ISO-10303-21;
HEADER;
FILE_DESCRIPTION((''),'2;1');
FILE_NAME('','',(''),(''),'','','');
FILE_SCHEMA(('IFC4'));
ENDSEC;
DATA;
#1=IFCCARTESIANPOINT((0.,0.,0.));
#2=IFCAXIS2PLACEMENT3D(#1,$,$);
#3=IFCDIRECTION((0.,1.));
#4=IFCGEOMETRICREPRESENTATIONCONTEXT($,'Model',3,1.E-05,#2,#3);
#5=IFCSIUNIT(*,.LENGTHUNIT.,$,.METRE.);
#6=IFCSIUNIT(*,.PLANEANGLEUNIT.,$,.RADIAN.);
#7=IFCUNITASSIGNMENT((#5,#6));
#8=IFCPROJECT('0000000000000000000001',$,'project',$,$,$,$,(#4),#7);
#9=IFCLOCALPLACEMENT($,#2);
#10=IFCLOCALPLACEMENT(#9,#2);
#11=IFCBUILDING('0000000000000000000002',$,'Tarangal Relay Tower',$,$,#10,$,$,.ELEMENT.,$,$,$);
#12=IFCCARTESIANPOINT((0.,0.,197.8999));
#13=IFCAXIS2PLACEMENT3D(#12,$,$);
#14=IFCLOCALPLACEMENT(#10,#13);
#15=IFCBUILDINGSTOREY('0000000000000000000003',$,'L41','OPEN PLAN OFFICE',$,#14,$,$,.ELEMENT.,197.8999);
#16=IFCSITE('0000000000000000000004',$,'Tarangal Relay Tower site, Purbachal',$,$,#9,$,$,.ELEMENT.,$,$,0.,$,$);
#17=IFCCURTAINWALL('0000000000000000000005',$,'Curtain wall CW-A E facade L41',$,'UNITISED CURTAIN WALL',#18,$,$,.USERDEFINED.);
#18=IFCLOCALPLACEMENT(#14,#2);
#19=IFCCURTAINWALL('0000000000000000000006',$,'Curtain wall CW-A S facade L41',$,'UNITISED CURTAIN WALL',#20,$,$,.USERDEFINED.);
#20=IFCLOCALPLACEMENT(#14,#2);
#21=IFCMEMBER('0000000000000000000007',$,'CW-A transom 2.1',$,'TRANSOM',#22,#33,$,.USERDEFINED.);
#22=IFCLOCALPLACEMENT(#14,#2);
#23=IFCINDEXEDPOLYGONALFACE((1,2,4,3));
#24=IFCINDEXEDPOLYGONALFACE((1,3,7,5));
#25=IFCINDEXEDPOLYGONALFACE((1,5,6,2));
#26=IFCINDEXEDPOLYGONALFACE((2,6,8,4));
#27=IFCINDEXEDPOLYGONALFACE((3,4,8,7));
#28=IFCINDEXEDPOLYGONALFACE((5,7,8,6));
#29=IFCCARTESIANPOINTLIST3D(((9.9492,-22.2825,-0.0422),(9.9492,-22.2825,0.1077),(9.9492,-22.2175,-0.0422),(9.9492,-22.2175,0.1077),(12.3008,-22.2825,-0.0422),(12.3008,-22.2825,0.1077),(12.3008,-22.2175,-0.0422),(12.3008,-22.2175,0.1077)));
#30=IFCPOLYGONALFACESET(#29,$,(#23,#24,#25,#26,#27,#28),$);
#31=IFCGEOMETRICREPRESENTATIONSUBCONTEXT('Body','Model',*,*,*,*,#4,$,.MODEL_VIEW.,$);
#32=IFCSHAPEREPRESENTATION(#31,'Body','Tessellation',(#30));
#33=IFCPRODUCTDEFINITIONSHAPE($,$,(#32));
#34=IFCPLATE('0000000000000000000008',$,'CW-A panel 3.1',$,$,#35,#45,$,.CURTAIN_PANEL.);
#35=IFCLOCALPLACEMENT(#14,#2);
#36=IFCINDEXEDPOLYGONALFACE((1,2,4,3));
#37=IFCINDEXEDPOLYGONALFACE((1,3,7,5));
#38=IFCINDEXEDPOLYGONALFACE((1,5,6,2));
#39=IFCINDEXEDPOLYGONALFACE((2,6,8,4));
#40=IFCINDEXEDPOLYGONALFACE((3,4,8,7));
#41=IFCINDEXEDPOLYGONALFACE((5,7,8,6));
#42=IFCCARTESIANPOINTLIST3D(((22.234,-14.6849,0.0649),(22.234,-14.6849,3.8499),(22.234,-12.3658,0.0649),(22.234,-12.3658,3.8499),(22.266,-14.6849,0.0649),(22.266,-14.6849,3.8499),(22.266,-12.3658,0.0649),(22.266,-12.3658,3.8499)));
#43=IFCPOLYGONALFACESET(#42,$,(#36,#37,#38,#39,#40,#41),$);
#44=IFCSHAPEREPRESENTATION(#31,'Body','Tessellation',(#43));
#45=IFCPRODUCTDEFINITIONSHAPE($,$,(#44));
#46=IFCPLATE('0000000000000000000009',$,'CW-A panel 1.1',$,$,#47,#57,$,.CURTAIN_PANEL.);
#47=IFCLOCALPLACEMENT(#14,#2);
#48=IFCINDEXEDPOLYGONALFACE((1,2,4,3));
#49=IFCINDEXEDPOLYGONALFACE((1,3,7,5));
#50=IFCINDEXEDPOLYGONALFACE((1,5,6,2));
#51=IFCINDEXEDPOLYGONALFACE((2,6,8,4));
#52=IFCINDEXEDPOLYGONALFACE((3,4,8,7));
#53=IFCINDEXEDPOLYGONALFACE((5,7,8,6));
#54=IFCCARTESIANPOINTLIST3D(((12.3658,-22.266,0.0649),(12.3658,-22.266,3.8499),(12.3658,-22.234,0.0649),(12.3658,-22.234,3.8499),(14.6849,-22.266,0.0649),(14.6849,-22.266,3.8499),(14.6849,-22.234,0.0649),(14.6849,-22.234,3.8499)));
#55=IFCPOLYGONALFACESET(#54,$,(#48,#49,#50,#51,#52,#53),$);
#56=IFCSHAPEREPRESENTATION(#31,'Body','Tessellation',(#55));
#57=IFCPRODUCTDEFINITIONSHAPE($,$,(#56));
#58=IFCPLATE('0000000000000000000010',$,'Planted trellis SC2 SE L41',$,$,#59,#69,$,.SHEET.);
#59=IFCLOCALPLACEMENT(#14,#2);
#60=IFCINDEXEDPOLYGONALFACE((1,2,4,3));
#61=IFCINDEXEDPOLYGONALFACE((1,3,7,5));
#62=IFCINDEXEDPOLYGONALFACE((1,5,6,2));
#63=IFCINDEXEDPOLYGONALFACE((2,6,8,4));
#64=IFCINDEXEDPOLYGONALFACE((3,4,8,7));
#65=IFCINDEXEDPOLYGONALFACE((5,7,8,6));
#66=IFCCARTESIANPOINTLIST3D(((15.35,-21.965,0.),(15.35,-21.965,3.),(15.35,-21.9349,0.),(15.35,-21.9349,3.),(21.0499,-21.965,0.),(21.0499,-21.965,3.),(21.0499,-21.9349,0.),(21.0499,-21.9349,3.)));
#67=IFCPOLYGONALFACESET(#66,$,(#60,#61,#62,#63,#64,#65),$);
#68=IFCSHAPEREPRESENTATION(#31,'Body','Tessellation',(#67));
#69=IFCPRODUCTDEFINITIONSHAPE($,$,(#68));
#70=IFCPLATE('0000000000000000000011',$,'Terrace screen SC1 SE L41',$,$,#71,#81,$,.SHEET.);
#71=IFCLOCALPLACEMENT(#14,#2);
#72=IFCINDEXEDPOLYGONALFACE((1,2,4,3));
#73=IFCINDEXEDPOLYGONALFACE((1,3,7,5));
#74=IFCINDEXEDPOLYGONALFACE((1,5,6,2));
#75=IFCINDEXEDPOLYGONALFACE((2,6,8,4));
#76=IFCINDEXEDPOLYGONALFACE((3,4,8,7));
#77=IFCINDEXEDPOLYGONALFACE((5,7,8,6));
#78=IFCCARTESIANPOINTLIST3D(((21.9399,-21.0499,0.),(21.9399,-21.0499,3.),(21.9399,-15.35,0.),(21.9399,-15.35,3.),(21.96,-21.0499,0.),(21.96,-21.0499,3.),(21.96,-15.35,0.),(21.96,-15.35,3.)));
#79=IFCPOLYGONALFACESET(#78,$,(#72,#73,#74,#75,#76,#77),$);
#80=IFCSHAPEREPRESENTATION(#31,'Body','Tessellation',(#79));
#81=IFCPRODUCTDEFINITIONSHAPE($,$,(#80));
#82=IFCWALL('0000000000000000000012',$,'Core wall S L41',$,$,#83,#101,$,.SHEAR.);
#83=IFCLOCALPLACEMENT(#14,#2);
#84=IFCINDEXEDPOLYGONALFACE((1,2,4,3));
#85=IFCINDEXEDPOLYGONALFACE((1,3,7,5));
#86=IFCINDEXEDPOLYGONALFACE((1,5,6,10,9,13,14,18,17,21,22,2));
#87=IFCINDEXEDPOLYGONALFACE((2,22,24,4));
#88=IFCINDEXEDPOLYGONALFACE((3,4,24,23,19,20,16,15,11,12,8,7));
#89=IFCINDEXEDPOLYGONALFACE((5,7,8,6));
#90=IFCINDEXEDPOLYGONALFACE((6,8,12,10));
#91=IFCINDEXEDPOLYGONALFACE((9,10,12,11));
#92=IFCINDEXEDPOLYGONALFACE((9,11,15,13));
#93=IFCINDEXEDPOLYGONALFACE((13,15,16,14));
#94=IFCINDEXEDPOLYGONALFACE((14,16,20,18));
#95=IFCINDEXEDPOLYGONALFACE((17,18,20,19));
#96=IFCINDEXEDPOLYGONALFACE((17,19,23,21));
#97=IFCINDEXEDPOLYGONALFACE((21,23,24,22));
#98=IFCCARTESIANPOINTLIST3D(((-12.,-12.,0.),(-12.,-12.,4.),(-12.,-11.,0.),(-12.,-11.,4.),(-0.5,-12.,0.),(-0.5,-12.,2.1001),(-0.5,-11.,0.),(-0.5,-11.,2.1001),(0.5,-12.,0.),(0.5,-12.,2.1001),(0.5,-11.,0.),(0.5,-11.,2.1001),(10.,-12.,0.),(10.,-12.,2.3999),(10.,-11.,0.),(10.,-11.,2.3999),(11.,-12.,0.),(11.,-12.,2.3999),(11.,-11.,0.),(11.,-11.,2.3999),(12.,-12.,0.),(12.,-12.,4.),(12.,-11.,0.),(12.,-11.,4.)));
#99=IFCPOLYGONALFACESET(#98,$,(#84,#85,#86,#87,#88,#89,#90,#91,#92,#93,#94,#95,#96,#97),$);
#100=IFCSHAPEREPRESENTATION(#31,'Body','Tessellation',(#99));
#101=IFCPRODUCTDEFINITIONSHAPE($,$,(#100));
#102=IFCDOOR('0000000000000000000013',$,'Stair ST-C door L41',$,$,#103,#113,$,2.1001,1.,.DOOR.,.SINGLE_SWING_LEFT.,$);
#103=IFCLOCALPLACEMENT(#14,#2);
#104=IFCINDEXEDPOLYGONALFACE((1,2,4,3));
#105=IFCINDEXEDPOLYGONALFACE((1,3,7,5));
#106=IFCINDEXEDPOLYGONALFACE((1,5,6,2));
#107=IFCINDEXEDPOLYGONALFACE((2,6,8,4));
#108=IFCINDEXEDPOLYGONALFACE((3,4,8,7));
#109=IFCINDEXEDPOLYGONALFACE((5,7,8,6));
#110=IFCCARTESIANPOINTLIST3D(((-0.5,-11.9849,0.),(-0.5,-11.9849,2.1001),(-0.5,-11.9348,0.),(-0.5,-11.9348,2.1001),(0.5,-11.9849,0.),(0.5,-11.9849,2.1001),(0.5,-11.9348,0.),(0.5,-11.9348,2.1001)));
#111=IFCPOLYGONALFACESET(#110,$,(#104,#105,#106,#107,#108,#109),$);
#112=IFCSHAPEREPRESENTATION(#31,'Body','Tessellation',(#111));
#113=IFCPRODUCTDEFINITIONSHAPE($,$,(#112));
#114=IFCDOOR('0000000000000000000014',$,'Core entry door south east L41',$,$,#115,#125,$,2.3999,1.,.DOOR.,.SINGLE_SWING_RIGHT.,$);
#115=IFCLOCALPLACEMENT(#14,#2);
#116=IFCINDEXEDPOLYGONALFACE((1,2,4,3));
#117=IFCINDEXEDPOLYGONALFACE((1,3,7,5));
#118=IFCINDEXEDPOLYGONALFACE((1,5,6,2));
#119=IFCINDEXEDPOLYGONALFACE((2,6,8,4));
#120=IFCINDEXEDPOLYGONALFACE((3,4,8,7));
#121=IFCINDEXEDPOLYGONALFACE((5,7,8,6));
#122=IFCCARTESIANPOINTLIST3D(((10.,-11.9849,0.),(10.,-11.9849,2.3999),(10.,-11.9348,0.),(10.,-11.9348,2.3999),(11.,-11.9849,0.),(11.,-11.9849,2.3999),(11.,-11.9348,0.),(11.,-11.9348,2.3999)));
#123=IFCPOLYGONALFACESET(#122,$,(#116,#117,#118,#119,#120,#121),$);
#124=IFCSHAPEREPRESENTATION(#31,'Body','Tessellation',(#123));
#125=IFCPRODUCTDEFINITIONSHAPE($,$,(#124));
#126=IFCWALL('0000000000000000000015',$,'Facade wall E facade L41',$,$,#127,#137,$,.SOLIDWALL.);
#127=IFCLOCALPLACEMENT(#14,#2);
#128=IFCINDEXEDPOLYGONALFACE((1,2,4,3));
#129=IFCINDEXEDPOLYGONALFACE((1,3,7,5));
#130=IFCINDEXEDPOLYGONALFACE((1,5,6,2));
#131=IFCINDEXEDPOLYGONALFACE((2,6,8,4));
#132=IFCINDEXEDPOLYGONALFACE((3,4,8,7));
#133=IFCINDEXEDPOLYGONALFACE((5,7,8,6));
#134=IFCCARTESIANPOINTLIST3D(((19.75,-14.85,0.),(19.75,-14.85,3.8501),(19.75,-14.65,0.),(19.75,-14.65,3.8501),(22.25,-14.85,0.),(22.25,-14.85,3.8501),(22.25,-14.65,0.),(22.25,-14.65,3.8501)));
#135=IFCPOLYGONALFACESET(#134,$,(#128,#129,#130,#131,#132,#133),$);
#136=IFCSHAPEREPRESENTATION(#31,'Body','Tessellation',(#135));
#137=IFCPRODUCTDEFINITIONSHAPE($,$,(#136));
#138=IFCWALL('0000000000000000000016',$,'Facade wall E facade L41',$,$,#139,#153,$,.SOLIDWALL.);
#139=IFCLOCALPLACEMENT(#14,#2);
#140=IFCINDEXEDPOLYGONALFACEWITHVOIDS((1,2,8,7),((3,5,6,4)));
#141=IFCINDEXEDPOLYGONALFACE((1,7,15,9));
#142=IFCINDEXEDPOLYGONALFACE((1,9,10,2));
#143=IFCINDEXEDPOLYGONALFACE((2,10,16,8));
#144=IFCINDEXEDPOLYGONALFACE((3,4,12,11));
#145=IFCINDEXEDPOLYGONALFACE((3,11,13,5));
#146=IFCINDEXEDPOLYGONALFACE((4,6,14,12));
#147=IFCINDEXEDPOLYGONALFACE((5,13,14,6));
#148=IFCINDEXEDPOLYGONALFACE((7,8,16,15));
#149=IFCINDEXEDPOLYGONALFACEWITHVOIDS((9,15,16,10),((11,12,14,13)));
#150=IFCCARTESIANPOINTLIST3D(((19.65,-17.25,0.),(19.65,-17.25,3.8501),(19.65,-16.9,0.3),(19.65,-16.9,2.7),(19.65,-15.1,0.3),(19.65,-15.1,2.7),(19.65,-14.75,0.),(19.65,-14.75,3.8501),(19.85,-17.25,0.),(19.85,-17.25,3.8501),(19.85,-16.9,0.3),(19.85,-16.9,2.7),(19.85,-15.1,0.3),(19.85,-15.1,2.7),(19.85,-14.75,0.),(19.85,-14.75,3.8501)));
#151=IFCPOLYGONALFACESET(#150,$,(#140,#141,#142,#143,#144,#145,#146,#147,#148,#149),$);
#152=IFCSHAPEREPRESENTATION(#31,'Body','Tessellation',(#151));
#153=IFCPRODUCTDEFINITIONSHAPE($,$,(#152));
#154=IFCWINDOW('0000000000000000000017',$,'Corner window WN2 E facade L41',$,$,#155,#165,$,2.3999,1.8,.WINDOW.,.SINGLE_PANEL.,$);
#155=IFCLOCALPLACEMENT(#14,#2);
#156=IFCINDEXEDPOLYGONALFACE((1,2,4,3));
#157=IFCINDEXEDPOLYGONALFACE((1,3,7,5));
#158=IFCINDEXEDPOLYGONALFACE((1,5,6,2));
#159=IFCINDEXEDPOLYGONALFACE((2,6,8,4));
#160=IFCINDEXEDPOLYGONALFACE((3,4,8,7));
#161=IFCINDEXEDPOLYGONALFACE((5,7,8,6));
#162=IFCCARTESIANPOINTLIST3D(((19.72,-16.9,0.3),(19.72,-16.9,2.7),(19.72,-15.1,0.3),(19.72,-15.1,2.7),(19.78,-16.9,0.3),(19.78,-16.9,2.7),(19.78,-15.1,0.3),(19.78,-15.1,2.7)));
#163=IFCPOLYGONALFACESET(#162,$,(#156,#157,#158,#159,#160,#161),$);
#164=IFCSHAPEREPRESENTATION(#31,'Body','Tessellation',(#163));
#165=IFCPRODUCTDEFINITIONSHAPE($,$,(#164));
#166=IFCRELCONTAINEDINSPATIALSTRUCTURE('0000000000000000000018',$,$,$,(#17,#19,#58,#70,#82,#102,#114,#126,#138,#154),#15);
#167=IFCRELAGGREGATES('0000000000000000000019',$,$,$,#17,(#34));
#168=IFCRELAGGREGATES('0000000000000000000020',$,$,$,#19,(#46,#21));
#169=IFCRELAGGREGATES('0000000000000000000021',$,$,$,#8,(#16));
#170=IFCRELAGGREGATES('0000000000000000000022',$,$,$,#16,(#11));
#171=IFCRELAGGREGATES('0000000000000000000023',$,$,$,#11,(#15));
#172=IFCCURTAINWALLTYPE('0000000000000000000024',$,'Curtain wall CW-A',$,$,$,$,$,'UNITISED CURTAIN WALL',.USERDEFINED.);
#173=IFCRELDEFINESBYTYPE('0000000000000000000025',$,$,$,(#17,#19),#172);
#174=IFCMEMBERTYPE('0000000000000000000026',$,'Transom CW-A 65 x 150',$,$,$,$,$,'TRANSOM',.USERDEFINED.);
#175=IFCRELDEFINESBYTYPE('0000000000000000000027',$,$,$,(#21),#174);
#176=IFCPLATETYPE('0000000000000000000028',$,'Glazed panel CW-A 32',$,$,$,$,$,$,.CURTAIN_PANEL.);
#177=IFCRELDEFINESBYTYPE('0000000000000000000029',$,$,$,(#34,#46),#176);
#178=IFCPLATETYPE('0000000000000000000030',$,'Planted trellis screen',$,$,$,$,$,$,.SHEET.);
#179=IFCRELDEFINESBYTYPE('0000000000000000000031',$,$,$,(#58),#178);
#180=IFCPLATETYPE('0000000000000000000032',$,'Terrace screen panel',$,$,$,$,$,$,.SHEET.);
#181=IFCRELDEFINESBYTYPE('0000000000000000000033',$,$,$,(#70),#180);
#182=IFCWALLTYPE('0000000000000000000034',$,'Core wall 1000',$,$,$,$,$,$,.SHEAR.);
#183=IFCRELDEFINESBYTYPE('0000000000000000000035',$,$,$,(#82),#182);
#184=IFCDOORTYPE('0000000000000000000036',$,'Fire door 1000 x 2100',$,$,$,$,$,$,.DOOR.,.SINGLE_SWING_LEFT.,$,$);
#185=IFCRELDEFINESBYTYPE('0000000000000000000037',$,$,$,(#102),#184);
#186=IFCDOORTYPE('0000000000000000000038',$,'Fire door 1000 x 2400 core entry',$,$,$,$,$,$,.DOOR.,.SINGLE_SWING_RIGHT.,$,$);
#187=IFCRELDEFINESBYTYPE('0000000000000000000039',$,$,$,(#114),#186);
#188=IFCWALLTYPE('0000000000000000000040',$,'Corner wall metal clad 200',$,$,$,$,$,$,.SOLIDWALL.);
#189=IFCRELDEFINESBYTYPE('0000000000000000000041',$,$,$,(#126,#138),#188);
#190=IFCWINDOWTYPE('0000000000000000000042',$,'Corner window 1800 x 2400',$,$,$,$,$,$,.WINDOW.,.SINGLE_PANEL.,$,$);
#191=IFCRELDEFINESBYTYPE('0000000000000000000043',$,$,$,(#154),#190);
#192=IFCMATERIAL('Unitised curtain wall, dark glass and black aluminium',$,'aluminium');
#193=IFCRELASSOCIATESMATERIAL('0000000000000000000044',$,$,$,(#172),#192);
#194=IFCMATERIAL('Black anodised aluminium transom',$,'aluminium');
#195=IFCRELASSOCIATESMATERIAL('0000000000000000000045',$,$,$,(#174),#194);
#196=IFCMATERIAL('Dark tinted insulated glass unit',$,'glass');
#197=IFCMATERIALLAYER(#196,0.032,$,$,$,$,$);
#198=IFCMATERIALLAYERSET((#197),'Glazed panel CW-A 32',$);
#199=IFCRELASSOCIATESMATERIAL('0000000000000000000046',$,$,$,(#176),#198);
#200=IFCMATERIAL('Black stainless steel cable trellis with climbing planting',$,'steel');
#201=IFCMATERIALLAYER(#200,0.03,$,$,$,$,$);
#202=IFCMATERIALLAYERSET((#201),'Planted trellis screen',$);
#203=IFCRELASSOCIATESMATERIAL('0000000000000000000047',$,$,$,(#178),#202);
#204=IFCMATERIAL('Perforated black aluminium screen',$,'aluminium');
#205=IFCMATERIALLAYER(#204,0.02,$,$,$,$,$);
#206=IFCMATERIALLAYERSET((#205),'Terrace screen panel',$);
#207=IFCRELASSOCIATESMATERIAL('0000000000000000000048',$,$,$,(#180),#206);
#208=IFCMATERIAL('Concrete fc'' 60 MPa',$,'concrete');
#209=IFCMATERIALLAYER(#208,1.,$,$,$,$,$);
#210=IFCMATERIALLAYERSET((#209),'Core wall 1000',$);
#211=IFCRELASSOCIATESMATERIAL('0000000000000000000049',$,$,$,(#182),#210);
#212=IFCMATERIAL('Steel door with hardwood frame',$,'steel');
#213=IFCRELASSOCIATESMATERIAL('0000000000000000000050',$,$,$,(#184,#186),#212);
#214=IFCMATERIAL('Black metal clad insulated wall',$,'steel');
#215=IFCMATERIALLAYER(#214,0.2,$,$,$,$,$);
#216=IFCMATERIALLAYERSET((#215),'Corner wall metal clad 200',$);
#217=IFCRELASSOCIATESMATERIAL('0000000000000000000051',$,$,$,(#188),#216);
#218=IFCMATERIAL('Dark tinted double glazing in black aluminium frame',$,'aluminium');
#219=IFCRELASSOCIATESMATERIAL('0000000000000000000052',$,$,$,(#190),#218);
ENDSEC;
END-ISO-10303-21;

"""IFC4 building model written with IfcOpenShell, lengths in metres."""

from ifc_helpers import new_model, si_unit, direction, frame, frame_2d, origin, origin_2d, place, context, subcontext, project, spatial, rectangle, extrude, material, layer, layer_set, material_profile, profile_set, type_object, element, fill, aggregate, save


model = new_model("IFC4")

# Units and contexts
model_context = context("Model", 3, precision=1e-05, world=origin(), true_north=direction((0.0, 1.0)))
body_context = subcontext(model_context, "Body", "Model", "MODEL_VIEW")
ifc_project = project(units=[si_unit("LENGTHUNIT", "METRE"), si_unit("PLANEANGLEUNIT", "RADIAN")], contexts=[model_context])

# Site, building, storey
site_placement = place(None, origin())
site = spatial("IfcSite", under=ifc_project, at=site_placement, Name="Tarangal Relay Tower site, Purbachal", CompositionType="ELEMENT", RefElevation=0.0)
building_placement = place(site_placement, origin())
building = spatial("IfcBuilding", under=site, at=building_placement, Name="Tarangal Relay Tower", CompositionType="ELEMENT")
storey_placement = place(building_placement, frame((0.0, 0.0, 197.8999)))
storey = spatial("IfcBuildingStorey", under=building, at=storey_placement, Name="L41", Description="OPEN PLAN OFFICE", CompositionType="ELEMENT", Elevation=197.8999)

# Curtain walls
ifc_material_1 = material(Name="Unitised curtain wall, dark glass and black aluminium", Category="aluminium")
curtain_wall_type = type_object("IfcCurtainWallType", Name="Curtain wall CW-A", ElementType="UNITISED CURTAIN WALL", PredefinedType="USERDEFINED", material=ifc_material_1)
curtain_wall_1_placement = place(storey_placement, origin())
curtain_wall_1 = element("IfcCurtainWall", 1, at=curtain_wall_1_placement, inside=storey, type_object=curtain_wall_type, Name="Curtain wall CW-A E facade L41", ObjectType="UNITISED CURTAIN WALL", PredefinedType="USERDEFINED")
curtain_wall_2_placement = place(storey_placement, origin())
curtain_wall_2 = element("IfcCurtainWall", 2, at=curtain_wall_2_placement, inside=storey, type_object=curtain_wall_type, Name="Curtain wall CW-A S facade L41", ObjectType="UNITISED CURTAIN WALL", PredefinedType="USERDEFINED")

# Member
ifc_material_2 = material(Name="Black anodised aluminium transom", Category="aluminium")
ifc_material_profile_1 = material_profile(ifc_material_2, rectangle(XDim=0.0649, YDim=0.1499, at=origin_2d()), Name="CW-AT 65X150")
ifc_profile_set_1 = profile_set([ifc_material_profile_1], Name="Black anodised aluminium transom")
member_type_1 = type_object("IfcMemberType", Name="Transom CW-A 65 x 150", ElementType="TRANSOM", PredefinedType="USERDEFINED", material=ifc_profile_set_1)
member_1_placement = place(storey_placement, frame((12.3008, -22.25, 0.0327), z_axis=(-1.0, 0.0, 0.0), x_axis=(0.0, -1.0, 0.0)))
member_1 = element("IfcMember", 3, at=member_1_placement, type_object=member_type_1, Name="CW-A transom 2.1", ObjectType="TRANSOM", PredefinedType="USERDEFINED", context=body_context, shape_type="SweptSolid", body=[
    extrude(rectangle(XDim=0.0649, YDim=0.1499, at=origin_2d()), origin(), (0.0, 0.0, 1.0), 2.3516),
])

# Plates
ifc_material_3 = material(Name="Dark tinted insulated glass unit", Category="glass")
ifc_layer_1 = layer(ifc_material_3, 0.032)
ifc_layer_set_1 = layer_set([ifc_layer_1], Name="Glazed panel CW-A 32")
plate_type_1 = type_object("IfcPlateType", Name="Glazed panel CW-A 32", PredefinedType="CURTAIN_PANEL", material=ifc_layer_set_1)
plate_1_placement = place(storey_placement, frame((22.25, -13.5254, 0.0649), z_axis=(0.0, 0.0, 1.0), x_axis=(0.0, -1.0, 0.0)))
plate_1 = element("IfcPlate", 4, at=plate_1_placement, type_object=plate_type_1, Name="CW-A panel 3.1", PredefinedType="CURTAIN_PANEL", context=body_context, shape_type="SweptSolid", body=[
    extrude(rectangle(XDim=2.3191, YDim=0.032, at=origin_2d()), origin(), (0.0, 0.0, 1.0), 3.7849),
])
aggregate(curtain_wall_1, [plate_1])
plate_2_placement = place(storey_placement, frame((13.5254, -22.25, 0.0649), z_axis=(0.0, 0.0, 1.0), x_axis=(-1.0, 0.0, 0.0)))
plate_2 = element("IfcPlate", 5, at=plate_2_placement, type_object=plate_type_1, Name="CW-A panel 1.1", PredefinedType="CURTAIN_PANEL", context=body_context, shape_type="SweptSolid", body=[
    extrude(rectangle(XDim=2.3191, YDim=0.032, at=origin_2d()), origin(), (0.0, 0.0, 1.0), 3.7849),
])
aggregate(curtain_wall_2, [plate_2, member_1])

# Plates
ifc_material_4 = material(Name="Black stainless steel cable trellis with climbing planting", Category="steel")
ifc_layer_2 = layer(ifc_material_4, 0.03)
ifc_layer_set_2 = layer_set([ifc_layer_2], Name="Planted trellis screen")
plate_type_2 = type_object("IfcPlateType", Name="Planted trellis screen", PredefinedType="SHEET", material=ifc_layer_set_2)
plate_3_placement = place(storey_placement, frame((18.2, -21.95, 0.0), z_axis=(0.0, 0.0, 1.0), x_axis=(-1.0, 0.0, 0.0)))
element("IfcPlate", 6, at=plate_3_placement, inside=storey, type_object=plate_type_2, Name="Planted trellis SC2 SE L41", PredefinedType="SHEET", context=body_context, shape_type="SweptSolid", body=[
    extrude(rectangle(XDim=5.7, YDim=0.03, at=origin_2d()), origin(), (0.0, 0.0, 1.0), 3.0),
])
ifc_material_5 = material(Name="Perforated black aluminium screen", Category="aluminium")
ifc_layer_3 = layer(ifc_material_5, 0.02)
ifc_layer_set_3 = layer_set([ifc_layer_3], Name="Terrace screen panel")
plate_type_3 = type_object("IfcPlateType", Name="Terrace screen panel", PredefinedType="SHEET", material=ifc_layer_set_3)
plate_4_placement = place(storey_placement, frame((21.95, -18.2, 0.0), z_axis=(0.0, 0.0, 1.0), x_axis=(0.0, -1.0, 0.0)))
element("IfcPlate", 7, at=plate_4_placement, inside=storey, type_object=plate_type_3, Name="Terrace screen SC1 SE L41", PredefinedType="SHEET", context=body_context, shape_type="SweptSolid", body=[
    extrude(rectangle(XDim=5.7, YDim=0.02, at=origin_2d()), origin(), (0.0, 0.0, 1.0), 3.0),
])

# Wall, openings, doors
ifc_material_6 = material(Name="Concrete fc' 60 MPa", Category="concrete")
ifc_layer_4 = layer(ifc_material_6, 1.0)
ifc_layer_set_4 = layer_set([ifc_layer_4], Name="Core wall 1000")
wall_type_1 = type_object("IfcWallType", Name="Core wall 1000", PredefinedType="SHEAR", material=ifc_layer_set_4)
wall_1_placement = place(storey_placement, frame((12.0, -11.5, 0.0), z_axis=(0.0, 0.0, 1.0), x_axis=(-1.0, 0.0, 0.0)))
wall_1 = element("IfcWall", 8, at=wall_1_placement, inside=storey, type_object=wall_type_1, Name="Core wall S L41", PredefinedType="SHEAR", context=body_context, shape_type="SweptSolid", body=[
    extrude(rectangle(XDim=24.0, YDim=1.0, at=frame_2d((12.0, 0.0))), origin(), (0.0, 0.0, 1.0), 4.0),
])
opening_1_placement = place(wall_1_placement, frame((11.5, 0.0, 0.0)))
opening_1 = element("IfcOpeningElement", 9, at=opening_1_placement, cuts=wall_1, PredefinedType="OPENING", context=body_context, shape_type="SweptSolid", body=[
    extrude(rectangle(XDim=1.0, YDim=2.1001, at=frame_2d((0.5, 1.05))), frame((0.0, 0.51, 0.0), z_axis=(0.0, -1.0, 0.0), x_axis=(1.0, 0.0, 0.0)), (0.0, 0.0, 1.0), 1.02),
])
opening_2_placement = place(wall_1_placement, frame((1.0, 0.0, 0.0)))
opening_2 = element("IfcOpeningElement", 10, at=opening_2_placement, cuts=wall_1, PredefinedType="OPENING", context=body_context, shape_type="SweptSolid", body=[
    extrude(rectangle(XDim=1.0, YDim=2.3999, at=frame_2d((0.5, 1.2))), frame((0.0, 0.51, 0.0), z_axis=(0.0, -1.0, 0.0), x_axis=(1.0, 0.0, 0.0)), (0.0, 0.0, 1.0), 1.02),
])
ifc_material_7 = material(Name="Steel door with hardwood frame", Category="steel")
door_type_1 = type_object("IfcDoorType", Name="Fire door 1000 x 2100", OperationType="SINGLE_SWING_LEFT", PredefinedType="DOOR", material=ifc_material_7)
door_1_placement = place(opening_1_placement, origin())
door_1 = element("IfcDoor", 11, at=door_1_placement, inside=storey, type_object=door_type_1, Name="Stair ST-C door L41", OperationType="SINGLE_SWING_LEFT", OverallHeight=2.1001, OverallWidth=1.0, PredefinedType="DOOR", context=body_context, shape_type="SweptSolid", body=[
    extrude(rectangle(XDim=1.0, YDim=2.1001, at=frame_2d((0.5, 1.05))), frame((0.0, 0.4849, 0.0), z_axis=(0.0, -1.0, 0.0), x_axis=(1.0, 0.0, 0.0)), (0.0, 0.0, 1.0), 0.05),
])
fill(opening_1, door_1)
door_type_2 = type_object("IfcDoorType", Name="Fire door 1000 x 2400 core entry", OperationType="SINGLE_SWING_RIGHT", PredefinedType="DOOR", material=ifc_material_7)
door_2_placement = place(opening_2_placement, origin())
door_2 = element("IfcDoor", 12, at=door_2_placement, inside=storey, type_object=door_type_2, Name="Core entry door south east L41", OperationType="SINGLE_SWING_RIGHT", OverallHeight=2.3999, OverallWidth=1.0, PredefinedType="DOOR", context=body_context, shape_type="SweptSolid", body=[
    extrude(rectangle(XDim=1.0, YDim=2.3999, at=frame_2d((0.5, 1.2))), frame((0.0, 0.4849, 0.0), z_axis=(0.0, -1.0, 0.0), x_axis=(1.0, 0.0, 0.0)), (0.0, 0.0, 1.0), 0.05),
])
fill(opening_2, door_2)

# Wall
ifc_material_8 = material(Name="Black metal clad insulated wall", Category="steel")
ifc_layer_5 = layer(ifc_material_8, 0.2)
ifc_layer_set_5 = layer_set([ifc_layer_5], Name="Corner wall metal clad 200")
wall_type_2 = type_object("IfcWallType", Name="Corner wall metal clad 200", PredefinedType="SOLIDWALL", material=ifc_layer_set_5)
wall_2_placement = place(storey_placement, frame((22.25, -14.75, 0.0), z_axis=(0.0, 0.0, 1.0), x_axis=(-1.0, 0.0, 0.0)))
element("IfcWall", 13, at=wall_2_placement, inside=storey, type_object=wall_type_2, Name="Facade wall E facade L41", PredefinedType="SOLIDWALL", context=body_context, shape_type="SweptSolid", body=[
    extrude(rectangle(XDim=2.5, YDim=0.2, at=frame_2d((1.25, 0.0))), origin(), (0.0, 0.0, 1.0), 3.8501),
])

# Wall, opening, window
wall_3_placement = place(storey_placement, frame((19.75, -14.75, 0.0), z_axis=(0.0, 0.0, 1.0), x_axis=(0.0, -1.0, 0.0)))
wall_3 = element("IfcWall", 14, at=wall_3_placement, inside=storey, type_object=wall_type_2, Name="Facade wall E facade L41", PredefinedType="SOLIDWALL", context=body_context, shape_type="SweptSolid", body=[
    extrude(rectangle(XDim=2.5, YDim=0.2, at=frame_2d((1.25, 0.0))), origin(), (0.0, 0.0, 1.0), 3.8501),
])
opening_3_placement = place(wall_3_placement, frame((0.3501, 0.0, 0.3)))
opening_3 = element("IfcOpeningElement", 15, at=opening_3_placement, cuts=wall_3, PredefinedType="OPENING", context=body_context, shape_type="SweptSolid", body=[
    extrude(rectangle(XDim=1.8, YDim=2.3999, at=frame_2d((0.8999, 1.2))), frame((0.0, 0.1099, 0.0), z_axis=(0.0, -1.0, 0.0), x_axis=(1.0, 0.0, 0.0)), (0.0, 0.0, 1.0), 0.22),
])
ifc_material_9 = material(Name="Dark tinted double glazing in black aluminium frame", Category="aluminium")
window_type = type_object("IfcWindowType", Name="Corner window 1800 x 2400", PartitioningType="SINGLE_PANEL", PredefinedType="WINDOW", material=ifc_material_9)
window_1_placement = place(opening_3_placement, origin())
window_1 = element("IfcWindow", 16, at=window_1_placement, inside=storey, type_object=window_type, Name="Corner window WN2 E facade L41", OverallHeight=2.3999, OverallWidth=1.8, PartitioningType="SINGLE_PANEL", PredefinedType="WINDOW", context=body_context, shape_type="SweptSolid", body=[
    extrude(rectangle(XDim=1.8, YDim=2.3999, at=frame_2d((0.8999, 1.2))), frame((0.0, 0.03, 0.0), z_axis=(0.0, -1.0, 0.0), x_axis=(1.0, 0.0, 0.0)), (0.0, 0.0, 1.0), 0.0601),
])
fill(opening_3, window_1)

save(model, "model.ifc")
